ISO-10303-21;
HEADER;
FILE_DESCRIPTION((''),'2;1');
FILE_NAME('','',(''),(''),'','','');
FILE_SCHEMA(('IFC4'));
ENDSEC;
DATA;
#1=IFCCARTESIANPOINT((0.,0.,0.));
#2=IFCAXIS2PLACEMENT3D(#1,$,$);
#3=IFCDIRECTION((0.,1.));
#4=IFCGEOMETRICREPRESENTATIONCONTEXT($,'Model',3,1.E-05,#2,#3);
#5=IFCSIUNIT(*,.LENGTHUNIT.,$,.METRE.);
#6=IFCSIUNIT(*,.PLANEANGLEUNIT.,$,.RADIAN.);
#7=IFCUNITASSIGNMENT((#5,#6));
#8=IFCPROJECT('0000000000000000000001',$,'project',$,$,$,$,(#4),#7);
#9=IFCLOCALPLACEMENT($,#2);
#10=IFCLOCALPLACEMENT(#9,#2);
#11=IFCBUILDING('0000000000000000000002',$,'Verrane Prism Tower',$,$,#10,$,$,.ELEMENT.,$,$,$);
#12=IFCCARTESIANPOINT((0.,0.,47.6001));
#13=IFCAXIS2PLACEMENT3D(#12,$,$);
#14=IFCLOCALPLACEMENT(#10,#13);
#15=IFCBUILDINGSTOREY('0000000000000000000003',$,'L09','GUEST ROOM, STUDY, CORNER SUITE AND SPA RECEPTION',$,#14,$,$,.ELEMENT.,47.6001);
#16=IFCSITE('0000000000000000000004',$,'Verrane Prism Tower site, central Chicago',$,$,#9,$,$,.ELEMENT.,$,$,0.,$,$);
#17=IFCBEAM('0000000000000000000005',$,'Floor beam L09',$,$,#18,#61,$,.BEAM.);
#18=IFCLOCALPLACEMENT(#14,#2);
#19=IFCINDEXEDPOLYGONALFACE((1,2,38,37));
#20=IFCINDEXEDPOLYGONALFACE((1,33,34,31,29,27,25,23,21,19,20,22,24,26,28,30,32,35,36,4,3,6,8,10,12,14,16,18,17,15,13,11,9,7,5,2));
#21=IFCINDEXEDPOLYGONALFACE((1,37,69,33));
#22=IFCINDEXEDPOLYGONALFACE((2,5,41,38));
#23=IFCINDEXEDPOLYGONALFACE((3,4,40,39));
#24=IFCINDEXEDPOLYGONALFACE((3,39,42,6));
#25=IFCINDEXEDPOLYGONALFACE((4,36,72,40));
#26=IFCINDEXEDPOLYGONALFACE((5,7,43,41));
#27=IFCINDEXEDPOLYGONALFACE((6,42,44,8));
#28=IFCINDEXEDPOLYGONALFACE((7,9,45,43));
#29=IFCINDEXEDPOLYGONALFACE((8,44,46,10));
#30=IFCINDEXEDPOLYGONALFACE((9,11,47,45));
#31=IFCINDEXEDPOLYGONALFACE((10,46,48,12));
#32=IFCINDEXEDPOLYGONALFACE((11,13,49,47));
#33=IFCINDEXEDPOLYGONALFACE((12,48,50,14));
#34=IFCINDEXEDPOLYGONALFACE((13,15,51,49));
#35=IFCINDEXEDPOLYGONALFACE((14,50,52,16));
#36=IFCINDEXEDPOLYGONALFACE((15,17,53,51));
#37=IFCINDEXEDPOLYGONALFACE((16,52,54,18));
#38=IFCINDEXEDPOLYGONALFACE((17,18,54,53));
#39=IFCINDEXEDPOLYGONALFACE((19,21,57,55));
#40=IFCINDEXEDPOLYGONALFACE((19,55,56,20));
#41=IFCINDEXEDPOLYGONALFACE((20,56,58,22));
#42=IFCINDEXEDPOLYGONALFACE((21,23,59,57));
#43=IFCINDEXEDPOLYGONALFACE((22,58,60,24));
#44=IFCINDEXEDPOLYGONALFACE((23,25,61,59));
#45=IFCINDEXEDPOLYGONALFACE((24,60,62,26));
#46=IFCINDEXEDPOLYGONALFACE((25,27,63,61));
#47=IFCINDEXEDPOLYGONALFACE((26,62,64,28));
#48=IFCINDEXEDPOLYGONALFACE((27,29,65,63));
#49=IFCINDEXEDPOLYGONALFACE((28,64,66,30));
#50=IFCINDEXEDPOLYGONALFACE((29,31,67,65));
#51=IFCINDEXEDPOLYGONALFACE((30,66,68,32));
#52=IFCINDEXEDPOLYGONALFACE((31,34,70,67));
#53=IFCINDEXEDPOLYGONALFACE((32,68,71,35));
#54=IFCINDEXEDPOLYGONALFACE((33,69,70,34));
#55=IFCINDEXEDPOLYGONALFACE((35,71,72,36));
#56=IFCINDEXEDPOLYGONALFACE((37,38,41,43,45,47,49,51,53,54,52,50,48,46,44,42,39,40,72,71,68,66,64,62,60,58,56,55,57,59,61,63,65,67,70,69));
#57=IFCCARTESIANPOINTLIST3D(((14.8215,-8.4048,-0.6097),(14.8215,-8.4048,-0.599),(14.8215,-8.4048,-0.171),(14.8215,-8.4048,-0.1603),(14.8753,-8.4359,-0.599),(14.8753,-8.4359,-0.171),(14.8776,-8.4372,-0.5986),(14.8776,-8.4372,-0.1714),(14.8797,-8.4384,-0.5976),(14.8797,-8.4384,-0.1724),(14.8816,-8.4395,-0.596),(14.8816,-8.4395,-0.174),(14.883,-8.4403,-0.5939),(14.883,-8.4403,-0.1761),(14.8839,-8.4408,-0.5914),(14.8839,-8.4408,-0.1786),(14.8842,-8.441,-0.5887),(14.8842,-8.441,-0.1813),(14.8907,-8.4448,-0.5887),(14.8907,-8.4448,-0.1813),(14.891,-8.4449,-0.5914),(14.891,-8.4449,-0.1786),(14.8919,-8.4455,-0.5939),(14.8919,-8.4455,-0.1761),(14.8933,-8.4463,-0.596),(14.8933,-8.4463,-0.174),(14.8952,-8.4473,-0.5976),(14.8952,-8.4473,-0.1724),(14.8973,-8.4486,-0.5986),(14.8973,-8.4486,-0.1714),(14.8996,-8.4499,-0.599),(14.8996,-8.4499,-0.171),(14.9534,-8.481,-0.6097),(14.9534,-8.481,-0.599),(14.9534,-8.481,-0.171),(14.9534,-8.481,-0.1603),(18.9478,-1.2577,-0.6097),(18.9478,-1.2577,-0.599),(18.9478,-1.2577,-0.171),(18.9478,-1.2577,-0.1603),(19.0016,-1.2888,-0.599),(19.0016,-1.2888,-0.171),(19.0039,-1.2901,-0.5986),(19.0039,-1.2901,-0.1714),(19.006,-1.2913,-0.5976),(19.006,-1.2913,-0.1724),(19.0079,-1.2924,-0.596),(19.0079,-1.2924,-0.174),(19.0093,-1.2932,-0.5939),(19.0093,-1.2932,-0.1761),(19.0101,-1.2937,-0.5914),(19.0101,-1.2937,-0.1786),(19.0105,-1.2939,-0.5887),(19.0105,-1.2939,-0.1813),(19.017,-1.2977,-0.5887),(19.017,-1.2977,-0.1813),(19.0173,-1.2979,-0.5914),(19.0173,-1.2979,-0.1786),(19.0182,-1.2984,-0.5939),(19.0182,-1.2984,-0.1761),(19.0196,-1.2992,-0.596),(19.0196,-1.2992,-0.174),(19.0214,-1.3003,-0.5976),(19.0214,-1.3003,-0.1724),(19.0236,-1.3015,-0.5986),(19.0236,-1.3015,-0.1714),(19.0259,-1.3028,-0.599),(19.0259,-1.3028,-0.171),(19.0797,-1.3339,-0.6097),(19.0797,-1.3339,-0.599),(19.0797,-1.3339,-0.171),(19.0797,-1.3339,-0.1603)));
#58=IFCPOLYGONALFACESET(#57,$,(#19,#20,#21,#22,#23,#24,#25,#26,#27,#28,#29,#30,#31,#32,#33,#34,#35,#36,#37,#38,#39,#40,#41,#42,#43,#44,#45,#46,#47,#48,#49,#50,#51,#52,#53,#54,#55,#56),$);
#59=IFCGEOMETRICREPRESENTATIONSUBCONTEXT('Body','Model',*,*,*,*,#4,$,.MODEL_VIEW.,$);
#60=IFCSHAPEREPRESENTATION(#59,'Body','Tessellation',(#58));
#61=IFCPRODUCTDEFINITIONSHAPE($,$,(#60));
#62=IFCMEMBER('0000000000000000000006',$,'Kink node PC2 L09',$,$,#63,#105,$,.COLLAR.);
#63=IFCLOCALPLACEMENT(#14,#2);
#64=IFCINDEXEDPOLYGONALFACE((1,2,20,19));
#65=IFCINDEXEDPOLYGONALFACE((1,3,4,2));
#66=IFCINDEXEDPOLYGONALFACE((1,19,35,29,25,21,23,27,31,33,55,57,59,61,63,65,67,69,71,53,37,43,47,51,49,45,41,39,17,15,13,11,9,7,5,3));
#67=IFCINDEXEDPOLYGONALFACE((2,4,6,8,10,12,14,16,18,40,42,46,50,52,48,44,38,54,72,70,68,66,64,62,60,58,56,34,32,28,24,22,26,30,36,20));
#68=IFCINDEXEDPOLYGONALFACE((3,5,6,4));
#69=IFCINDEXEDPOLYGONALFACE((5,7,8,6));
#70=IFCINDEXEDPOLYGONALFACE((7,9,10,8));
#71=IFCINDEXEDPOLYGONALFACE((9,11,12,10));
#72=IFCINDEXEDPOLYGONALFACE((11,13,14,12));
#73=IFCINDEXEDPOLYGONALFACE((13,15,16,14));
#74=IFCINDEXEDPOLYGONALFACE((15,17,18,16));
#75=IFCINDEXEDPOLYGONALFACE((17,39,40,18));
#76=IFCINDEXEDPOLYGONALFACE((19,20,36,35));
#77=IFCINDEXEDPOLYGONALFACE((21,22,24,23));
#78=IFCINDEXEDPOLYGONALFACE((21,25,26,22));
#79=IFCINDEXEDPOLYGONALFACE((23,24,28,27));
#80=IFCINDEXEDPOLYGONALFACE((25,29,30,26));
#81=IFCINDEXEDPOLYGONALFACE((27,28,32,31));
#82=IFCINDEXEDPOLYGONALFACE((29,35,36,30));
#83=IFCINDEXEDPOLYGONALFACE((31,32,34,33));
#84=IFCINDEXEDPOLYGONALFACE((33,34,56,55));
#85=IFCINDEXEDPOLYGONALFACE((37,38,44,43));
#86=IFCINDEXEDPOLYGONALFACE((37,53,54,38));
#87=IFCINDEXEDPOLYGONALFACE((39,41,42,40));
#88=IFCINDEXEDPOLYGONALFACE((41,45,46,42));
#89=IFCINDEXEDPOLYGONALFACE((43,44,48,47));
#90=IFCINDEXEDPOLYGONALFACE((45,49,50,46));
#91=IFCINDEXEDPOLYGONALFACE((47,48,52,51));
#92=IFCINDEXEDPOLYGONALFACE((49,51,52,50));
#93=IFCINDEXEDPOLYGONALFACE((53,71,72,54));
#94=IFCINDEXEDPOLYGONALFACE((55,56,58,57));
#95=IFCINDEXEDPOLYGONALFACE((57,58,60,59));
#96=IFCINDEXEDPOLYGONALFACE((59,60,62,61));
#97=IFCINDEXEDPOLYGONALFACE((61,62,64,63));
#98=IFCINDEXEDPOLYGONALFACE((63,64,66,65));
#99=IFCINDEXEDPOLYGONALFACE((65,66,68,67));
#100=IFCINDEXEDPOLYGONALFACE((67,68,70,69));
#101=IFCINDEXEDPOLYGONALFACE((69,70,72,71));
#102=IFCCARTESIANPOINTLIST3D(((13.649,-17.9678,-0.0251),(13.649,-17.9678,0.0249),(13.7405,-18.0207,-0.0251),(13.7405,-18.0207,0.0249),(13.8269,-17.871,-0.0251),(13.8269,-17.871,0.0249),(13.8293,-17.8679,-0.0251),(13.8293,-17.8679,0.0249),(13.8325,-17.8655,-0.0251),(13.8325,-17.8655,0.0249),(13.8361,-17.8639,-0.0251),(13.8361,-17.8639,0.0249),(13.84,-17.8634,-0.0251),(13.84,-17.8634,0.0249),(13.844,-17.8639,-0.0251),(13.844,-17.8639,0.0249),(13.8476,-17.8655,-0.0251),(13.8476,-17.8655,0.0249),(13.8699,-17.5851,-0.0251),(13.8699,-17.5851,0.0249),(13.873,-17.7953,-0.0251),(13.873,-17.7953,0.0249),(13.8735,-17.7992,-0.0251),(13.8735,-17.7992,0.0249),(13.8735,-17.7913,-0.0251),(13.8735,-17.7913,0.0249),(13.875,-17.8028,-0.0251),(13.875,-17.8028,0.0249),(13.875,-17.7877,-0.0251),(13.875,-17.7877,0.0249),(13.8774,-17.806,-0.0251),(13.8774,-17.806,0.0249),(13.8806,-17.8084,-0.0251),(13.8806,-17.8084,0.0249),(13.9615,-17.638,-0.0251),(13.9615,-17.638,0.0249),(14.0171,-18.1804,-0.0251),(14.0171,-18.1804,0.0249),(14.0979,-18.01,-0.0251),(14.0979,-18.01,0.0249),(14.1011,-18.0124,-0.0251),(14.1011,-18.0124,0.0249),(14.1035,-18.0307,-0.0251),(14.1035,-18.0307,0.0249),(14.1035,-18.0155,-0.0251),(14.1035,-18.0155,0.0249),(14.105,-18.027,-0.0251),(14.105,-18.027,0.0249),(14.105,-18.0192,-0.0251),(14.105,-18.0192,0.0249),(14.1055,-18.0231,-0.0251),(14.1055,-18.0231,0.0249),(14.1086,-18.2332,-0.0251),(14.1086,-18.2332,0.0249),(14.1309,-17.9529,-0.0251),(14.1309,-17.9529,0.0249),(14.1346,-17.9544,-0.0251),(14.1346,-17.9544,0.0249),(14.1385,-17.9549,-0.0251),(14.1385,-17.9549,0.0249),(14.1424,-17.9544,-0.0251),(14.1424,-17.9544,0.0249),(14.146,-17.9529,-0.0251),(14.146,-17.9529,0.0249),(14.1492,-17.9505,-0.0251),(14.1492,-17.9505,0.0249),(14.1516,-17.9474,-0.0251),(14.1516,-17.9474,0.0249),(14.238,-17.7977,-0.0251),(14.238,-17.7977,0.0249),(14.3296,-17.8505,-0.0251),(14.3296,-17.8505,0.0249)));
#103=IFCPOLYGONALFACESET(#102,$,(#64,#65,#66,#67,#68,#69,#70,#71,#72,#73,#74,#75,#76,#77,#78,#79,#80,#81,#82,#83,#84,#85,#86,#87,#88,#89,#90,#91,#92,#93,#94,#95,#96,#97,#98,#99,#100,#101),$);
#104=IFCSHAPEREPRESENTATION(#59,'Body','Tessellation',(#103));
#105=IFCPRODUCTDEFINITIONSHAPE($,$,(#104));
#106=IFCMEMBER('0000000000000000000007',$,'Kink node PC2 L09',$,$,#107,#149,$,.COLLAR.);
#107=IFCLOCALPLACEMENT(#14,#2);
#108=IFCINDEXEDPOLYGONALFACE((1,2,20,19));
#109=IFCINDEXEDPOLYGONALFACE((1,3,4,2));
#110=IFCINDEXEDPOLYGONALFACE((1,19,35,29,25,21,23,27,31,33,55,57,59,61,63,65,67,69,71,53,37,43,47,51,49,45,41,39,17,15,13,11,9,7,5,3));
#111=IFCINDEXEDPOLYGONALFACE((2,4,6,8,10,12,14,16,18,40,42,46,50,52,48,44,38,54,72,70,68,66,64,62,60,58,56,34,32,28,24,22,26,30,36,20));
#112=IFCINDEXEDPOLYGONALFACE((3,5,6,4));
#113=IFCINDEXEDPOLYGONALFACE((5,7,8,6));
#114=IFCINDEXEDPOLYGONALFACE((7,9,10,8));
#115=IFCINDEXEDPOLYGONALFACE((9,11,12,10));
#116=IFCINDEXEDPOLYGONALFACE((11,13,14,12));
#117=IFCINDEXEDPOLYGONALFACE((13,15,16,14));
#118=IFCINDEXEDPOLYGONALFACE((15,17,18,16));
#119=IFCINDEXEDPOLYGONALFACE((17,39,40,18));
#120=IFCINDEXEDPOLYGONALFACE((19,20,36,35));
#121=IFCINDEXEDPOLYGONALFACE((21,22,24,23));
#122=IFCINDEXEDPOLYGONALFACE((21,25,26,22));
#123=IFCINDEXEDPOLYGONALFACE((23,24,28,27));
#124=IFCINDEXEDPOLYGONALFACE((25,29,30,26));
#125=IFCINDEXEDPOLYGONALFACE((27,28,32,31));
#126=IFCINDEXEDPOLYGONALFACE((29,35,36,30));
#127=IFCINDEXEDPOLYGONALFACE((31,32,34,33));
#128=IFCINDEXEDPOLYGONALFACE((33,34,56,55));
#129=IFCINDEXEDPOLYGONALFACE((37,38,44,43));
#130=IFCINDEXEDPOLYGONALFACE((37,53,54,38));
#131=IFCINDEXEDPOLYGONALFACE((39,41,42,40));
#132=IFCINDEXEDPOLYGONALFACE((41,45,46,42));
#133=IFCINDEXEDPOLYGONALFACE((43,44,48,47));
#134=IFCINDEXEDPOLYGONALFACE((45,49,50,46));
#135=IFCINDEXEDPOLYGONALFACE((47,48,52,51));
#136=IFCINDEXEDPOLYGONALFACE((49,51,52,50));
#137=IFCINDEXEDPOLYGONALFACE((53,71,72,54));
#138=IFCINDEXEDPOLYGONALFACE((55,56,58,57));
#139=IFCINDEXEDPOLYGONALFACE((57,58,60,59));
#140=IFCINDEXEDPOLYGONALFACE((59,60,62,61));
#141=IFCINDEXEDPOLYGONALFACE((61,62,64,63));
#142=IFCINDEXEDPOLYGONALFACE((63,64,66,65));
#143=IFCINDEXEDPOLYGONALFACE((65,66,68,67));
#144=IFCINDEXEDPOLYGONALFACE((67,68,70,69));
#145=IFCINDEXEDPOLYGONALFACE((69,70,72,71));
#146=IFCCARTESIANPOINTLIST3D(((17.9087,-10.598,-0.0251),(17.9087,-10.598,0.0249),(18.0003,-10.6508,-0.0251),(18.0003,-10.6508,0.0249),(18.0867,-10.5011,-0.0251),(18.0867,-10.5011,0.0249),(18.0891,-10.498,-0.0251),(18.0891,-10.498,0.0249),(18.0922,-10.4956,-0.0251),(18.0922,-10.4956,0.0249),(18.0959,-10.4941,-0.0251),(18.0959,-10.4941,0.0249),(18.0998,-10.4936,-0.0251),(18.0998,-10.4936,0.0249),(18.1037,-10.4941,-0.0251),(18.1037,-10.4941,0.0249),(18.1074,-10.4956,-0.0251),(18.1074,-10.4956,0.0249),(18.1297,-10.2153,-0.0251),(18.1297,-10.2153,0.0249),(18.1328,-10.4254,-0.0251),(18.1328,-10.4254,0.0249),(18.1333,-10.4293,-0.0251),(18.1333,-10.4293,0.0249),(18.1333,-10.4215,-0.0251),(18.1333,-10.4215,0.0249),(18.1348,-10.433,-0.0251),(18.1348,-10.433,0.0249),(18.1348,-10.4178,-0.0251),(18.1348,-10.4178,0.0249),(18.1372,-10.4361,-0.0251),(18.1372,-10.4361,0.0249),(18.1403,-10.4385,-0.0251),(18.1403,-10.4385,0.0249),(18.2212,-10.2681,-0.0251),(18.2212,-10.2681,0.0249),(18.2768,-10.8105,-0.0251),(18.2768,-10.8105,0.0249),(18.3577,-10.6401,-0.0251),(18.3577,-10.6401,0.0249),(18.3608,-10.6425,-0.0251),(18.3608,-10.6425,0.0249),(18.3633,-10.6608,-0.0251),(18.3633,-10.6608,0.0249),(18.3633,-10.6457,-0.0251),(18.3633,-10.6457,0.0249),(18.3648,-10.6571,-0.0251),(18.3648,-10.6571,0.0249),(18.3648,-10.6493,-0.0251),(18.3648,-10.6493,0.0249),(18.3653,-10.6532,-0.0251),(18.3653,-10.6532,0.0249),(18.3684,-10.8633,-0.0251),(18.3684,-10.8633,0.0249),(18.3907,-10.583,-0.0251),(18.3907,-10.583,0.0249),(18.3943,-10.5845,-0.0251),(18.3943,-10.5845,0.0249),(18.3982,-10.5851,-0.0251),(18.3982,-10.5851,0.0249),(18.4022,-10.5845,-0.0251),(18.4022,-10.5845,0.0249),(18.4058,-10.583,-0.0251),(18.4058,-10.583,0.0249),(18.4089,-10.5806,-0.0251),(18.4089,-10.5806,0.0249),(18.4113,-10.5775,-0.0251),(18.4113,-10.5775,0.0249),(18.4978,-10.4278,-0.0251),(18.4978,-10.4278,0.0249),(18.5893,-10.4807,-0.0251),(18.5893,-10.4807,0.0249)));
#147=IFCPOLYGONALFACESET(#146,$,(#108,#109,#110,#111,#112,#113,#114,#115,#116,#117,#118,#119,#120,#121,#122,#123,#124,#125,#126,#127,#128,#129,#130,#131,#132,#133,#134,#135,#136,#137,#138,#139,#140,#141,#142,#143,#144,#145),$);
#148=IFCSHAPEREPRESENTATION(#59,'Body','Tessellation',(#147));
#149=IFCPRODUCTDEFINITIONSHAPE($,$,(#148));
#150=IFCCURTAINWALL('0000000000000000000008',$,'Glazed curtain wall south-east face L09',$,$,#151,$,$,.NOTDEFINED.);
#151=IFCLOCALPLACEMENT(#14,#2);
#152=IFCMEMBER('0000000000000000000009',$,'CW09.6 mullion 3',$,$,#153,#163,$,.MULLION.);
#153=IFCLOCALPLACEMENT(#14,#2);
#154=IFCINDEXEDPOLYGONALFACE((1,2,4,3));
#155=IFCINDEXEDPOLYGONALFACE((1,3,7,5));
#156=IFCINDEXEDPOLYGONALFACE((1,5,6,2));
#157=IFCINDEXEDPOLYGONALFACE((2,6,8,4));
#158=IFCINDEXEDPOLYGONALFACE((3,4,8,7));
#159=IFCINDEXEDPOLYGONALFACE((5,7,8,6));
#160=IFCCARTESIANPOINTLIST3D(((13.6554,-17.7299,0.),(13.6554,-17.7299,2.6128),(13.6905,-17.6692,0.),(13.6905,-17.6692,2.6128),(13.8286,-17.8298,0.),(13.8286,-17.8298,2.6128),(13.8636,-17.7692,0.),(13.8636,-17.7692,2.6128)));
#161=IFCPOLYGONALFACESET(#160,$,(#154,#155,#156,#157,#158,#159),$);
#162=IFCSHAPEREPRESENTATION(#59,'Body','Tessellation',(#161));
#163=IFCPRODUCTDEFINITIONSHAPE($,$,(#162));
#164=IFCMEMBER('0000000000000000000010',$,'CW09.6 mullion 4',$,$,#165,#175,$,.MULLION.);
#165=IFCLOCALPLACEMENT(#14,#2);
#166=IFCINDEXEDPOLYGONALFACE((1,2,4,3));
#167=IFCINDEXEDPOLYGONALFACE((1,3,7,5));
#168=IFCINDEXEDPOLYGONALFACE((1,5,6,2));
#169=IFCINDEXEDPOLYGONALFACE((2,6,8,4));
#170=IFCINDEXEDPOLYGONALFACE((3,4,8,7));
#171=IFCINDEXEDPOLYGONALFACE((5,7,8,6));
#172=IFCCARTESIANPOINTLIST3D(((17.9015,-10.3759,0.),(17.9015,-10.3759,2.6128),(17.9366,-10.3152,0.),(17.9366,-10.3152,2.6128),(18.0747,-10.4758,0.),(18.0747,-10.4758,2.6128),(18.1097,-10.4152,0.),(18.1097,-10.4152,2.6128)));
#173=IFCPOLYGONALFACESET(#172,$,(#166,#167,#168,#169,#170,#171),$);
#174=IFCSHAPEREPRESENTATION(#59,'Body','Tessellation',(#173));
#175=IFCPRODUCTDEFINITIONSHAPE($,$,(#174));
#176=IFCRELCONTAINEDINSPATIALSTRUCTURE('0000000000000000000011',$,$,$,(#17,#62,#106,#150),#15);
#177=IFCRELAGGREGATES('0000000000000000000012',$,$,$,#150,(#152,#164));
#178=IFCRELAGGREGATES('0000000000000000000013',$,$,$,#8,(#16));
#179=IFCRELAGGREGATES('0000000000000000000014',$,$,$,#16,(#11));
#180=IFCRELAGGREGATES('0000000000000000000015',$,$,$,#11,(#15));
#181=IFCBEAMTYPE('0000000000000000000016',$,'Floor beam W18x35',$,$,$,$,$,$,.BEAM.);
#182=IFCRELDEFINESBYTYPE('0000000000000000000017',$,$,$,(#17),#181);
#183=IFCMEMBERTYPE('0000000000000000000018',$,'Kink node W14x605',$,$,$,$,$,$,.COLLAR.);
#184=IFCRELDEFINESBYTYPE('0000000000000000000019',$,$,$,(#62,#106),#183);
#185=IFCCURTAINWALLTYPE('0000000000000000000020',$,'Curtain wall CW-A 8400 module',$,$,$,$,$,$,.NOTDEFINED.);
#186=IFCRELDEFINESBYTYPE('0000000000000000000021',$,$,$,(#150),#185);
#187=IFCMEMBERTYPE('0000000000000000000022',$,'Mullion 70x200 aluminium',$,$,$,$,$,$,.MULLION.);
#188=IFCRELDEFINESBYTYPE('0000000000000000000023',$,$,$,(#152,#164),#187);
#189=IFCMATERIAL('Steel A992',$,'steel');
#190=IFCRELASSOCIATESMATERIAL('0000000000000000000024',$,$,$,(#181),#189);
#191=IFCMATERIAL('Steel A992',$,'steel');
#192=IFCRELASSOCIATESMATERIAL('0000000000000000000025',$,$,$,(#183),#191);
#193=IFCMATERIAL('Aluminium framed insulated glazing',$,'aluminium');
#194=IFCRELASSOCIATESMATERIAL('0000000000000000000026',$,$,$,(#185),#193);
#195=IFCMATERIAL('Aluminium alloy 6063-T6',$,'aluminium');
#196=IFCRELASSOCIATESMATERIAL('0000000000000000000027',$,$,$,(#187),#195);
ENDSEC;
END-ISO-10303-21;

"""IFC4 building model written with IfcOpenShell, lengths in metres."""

from ifc_helpers import new_model, si_unit, direction, frame, origin, origin_2d, place, context, subcontext, project, spatial, rectangle, i_section, extrude, material, material_profile, profile_set, type_object, element, aggregate, save


model = new_model("IFC4")

# Units and contexts
model_context = context("Model", 3, precision=1e-05, world=origin(), true_north=direction((0.0, 1.0)))
body_context = subcontext(model_context, "Body", "Model", "MODEL_VIEW")
ifc_project = project(units=[si_unit("LENGTHUNIT", "METRE"), si_unit("PLANEANGLEUNIT", "RADIAN")], contexts=[model_context])

# Site, building, storey
site_placement = place(None, origin())
site = spatial("IfcSite", under=ifc_project, at=site_placement, Name="Verrane Prism Tower site, central Chicago", CompositionType="ELEMENT", RefElevation=0.0)
building_placement = place(site_placement, origin())
building = spatial("IfcBuilding", under=site, at=building_placement, Name="Verrane Prism Tower", CompositionType="ELEMENT")
storey_placement = place(building_placement, frame((0.0, 0.0, 47.6001)))
storey = spatial("IfcBuildingStorey", under=building, at=storey_placement, Name="L09", Description="GUEST ROOM, STUDY, CORNER SUITE AND SPA RECEPTION", CompositionType="ELEMENT", Elevation=47.6001)

# Beam
ifc_material_1 = material(Name="Steel A992", Category="steel")
ifc_material_profile_1 = material_profile(ifc_material_1, i_section(OverallWidth=0.1523, OverallDepth=0.4495, WebThickness=0.0076, FlangeThickness=0.0107, FilletRadius=0.0103, at=origin_2d()), Name="W18x35")
ifc_profile_set_1 = profile_set([ifc_material_profile_1], Name="Steel A992")
beam_type_1 = type_object("IfcBeamType", Name="Floor beam W18x35", PredefinedType="BEAM", material=ifc_profile_set_1)
beam_1_placement = place(storey_placement, frame((14.8875, -8.4429, -0.385), z_axis=(0.499992, 0.86603, 0.0), x_axis=(-0.86603, 0.499992, 0.0)))
element("IfcBeam", 1, at=beam_1_placement, inside=storey, type_object=beam_type_1, Name="Floor beam L09", PredefinedType="BEAM", context=body_context, shape_type="SweptSolid", body=[
    extrude(i_section(OverallWidth=0.1523, OverallDepth=0.4495, WebThickness=0.0076, FlangeThickness=0.0107, FilletRadius=0.0103, at=origin_2d()), origin(), (0.0, 0.0, 1.0), 8.2527),
])

# Members
ifc_material_2 = material(Name="Steel A992", Category="steel")
ifc_material_profile_2 = material_profile(ifc_material_2, i_section(OverallWidth=0.4419, OverallDepth=0.5308, WebThickness=0.0659, FlangeThickness=0.1057, FilletRadius=0.0151, at=origin_2d()), Name="W14x605")
ifc_profile_set_2 = profile_set([ifc_material_profile_2], Name="Steel A992")
member_type_1 = type_object("IfcMemberType", Name="Kink node W14x605", PredefinedType="COLLAR", material=ifc_profile_set_2)
for number, where, z_axis, x_axis, name in (
    (2, (13.9893, -17.9092, -0.0251), (0.0, 0.0, 1.0), (-0.5, -0.866025, 0.0), "Kink node PC2 L09"),
    (3, (18.249, -10.5393, -0.0251), (0.0, 0.0, 1.0), (-0.5, -0.866025, 0.0), "Kink node PC2 L09"),
):
    element("IfcMember", number, at=place(storey_placement, frame(where, z_axis=z_axis, x_axis=x_axis)), inside=storey, type_object=member_type_1, Name=name, PredefinedType="COLLAR", context=body_context, shape_type="SweptSolid", body=[
        extrude(i_section(OverallWidth=0.4419, OverallDepth=0.5308, WebThickness=0.0659, FlangeThickness=0.1057, FilletRadius=0.0151, at=origin_2d()), origin(), (0.0, 0.0, 1.0), 0.05),
    ])

# Curtain wall, members
ifc_material_3 = material(Name="Aluminium framed insulated glazing", Category="aluminium")
curtain_wall_type = type_object("IfcCurtainWallType", Name="Curtain wall CW-A 8400 module", PredefinedType="NOTDEFINED", material=ifc_material_3)
curtain_wall_placement = place(storey_placement, origin())
curtain_wall = element("IfcCurtainWall", 4, at=curtain_wall_placement, inside=storey, type_object=curtain_wall_type, Name="Glazed curtain wall south-east face L09", PredefinedType="NOTDEFINED")
ifc_material_4 = material(Name="Aluminium alloy 6063-T6", Category="aluminium")
ifc_material_profile_3 = material_profile(ifc_material_4, rectangle(XDim=0.2, YDim=0.0701, at=origin_2d()), Name="Mullion 70x200 aluminium")
ifc_profile_set_3 = profile_set([ifc_material_profile_3], Name="Aluminium alloy 6063-T6")
member_type_2 = type_object("IfcMemberType", Name="Mullion 70x200 aluminium", PredefinedType="MULLION", material=ifc_profile_set_3)
member_1_placement = place(storey_placement, frame((13.7595, -17.7495, 0.0), z_axis=(0.0, 0.0, 1.0), x_axis=(-0.866026, 0.499999, 0.0)))
member_1 = element("IfcMember", 5, at=member_1_placement, type_object=member_type_2, Name="CW09.6 mullion 3", PredefinedType="MULLION", context=body_context, shape_type="SweptSolid", body=[
    extrude(rectangle(XDim=0.2, YDim=0.0701, at=origin_2d()), origin(), (0.0, 0.0, 1.0), 2.6128),
])
member_2_placement = place(storey_placement, frame((18.0056, -10.3955, 0.0), z_axis=(0.0, 0.0, 1.0), x_axis=(-0.866026, 0.499999, 0.0)))
member_2 = element("IfcMember", 6, at=member_2_placement, type_object=member_type_2, Name="CW09.6 mullion 4", PredefinedType="MULLION", context=body_context, shape_type="SweptSolid", body=[
    extrude(rectangle(XDim=0.2, YDim=0.0701, at=origin_2d()), origin(), (0.0, 0.0, 1.0), 2.6128),
])

aggregate(curtain_wall, [member_1, member_2])

save(model, "model.ifc")
